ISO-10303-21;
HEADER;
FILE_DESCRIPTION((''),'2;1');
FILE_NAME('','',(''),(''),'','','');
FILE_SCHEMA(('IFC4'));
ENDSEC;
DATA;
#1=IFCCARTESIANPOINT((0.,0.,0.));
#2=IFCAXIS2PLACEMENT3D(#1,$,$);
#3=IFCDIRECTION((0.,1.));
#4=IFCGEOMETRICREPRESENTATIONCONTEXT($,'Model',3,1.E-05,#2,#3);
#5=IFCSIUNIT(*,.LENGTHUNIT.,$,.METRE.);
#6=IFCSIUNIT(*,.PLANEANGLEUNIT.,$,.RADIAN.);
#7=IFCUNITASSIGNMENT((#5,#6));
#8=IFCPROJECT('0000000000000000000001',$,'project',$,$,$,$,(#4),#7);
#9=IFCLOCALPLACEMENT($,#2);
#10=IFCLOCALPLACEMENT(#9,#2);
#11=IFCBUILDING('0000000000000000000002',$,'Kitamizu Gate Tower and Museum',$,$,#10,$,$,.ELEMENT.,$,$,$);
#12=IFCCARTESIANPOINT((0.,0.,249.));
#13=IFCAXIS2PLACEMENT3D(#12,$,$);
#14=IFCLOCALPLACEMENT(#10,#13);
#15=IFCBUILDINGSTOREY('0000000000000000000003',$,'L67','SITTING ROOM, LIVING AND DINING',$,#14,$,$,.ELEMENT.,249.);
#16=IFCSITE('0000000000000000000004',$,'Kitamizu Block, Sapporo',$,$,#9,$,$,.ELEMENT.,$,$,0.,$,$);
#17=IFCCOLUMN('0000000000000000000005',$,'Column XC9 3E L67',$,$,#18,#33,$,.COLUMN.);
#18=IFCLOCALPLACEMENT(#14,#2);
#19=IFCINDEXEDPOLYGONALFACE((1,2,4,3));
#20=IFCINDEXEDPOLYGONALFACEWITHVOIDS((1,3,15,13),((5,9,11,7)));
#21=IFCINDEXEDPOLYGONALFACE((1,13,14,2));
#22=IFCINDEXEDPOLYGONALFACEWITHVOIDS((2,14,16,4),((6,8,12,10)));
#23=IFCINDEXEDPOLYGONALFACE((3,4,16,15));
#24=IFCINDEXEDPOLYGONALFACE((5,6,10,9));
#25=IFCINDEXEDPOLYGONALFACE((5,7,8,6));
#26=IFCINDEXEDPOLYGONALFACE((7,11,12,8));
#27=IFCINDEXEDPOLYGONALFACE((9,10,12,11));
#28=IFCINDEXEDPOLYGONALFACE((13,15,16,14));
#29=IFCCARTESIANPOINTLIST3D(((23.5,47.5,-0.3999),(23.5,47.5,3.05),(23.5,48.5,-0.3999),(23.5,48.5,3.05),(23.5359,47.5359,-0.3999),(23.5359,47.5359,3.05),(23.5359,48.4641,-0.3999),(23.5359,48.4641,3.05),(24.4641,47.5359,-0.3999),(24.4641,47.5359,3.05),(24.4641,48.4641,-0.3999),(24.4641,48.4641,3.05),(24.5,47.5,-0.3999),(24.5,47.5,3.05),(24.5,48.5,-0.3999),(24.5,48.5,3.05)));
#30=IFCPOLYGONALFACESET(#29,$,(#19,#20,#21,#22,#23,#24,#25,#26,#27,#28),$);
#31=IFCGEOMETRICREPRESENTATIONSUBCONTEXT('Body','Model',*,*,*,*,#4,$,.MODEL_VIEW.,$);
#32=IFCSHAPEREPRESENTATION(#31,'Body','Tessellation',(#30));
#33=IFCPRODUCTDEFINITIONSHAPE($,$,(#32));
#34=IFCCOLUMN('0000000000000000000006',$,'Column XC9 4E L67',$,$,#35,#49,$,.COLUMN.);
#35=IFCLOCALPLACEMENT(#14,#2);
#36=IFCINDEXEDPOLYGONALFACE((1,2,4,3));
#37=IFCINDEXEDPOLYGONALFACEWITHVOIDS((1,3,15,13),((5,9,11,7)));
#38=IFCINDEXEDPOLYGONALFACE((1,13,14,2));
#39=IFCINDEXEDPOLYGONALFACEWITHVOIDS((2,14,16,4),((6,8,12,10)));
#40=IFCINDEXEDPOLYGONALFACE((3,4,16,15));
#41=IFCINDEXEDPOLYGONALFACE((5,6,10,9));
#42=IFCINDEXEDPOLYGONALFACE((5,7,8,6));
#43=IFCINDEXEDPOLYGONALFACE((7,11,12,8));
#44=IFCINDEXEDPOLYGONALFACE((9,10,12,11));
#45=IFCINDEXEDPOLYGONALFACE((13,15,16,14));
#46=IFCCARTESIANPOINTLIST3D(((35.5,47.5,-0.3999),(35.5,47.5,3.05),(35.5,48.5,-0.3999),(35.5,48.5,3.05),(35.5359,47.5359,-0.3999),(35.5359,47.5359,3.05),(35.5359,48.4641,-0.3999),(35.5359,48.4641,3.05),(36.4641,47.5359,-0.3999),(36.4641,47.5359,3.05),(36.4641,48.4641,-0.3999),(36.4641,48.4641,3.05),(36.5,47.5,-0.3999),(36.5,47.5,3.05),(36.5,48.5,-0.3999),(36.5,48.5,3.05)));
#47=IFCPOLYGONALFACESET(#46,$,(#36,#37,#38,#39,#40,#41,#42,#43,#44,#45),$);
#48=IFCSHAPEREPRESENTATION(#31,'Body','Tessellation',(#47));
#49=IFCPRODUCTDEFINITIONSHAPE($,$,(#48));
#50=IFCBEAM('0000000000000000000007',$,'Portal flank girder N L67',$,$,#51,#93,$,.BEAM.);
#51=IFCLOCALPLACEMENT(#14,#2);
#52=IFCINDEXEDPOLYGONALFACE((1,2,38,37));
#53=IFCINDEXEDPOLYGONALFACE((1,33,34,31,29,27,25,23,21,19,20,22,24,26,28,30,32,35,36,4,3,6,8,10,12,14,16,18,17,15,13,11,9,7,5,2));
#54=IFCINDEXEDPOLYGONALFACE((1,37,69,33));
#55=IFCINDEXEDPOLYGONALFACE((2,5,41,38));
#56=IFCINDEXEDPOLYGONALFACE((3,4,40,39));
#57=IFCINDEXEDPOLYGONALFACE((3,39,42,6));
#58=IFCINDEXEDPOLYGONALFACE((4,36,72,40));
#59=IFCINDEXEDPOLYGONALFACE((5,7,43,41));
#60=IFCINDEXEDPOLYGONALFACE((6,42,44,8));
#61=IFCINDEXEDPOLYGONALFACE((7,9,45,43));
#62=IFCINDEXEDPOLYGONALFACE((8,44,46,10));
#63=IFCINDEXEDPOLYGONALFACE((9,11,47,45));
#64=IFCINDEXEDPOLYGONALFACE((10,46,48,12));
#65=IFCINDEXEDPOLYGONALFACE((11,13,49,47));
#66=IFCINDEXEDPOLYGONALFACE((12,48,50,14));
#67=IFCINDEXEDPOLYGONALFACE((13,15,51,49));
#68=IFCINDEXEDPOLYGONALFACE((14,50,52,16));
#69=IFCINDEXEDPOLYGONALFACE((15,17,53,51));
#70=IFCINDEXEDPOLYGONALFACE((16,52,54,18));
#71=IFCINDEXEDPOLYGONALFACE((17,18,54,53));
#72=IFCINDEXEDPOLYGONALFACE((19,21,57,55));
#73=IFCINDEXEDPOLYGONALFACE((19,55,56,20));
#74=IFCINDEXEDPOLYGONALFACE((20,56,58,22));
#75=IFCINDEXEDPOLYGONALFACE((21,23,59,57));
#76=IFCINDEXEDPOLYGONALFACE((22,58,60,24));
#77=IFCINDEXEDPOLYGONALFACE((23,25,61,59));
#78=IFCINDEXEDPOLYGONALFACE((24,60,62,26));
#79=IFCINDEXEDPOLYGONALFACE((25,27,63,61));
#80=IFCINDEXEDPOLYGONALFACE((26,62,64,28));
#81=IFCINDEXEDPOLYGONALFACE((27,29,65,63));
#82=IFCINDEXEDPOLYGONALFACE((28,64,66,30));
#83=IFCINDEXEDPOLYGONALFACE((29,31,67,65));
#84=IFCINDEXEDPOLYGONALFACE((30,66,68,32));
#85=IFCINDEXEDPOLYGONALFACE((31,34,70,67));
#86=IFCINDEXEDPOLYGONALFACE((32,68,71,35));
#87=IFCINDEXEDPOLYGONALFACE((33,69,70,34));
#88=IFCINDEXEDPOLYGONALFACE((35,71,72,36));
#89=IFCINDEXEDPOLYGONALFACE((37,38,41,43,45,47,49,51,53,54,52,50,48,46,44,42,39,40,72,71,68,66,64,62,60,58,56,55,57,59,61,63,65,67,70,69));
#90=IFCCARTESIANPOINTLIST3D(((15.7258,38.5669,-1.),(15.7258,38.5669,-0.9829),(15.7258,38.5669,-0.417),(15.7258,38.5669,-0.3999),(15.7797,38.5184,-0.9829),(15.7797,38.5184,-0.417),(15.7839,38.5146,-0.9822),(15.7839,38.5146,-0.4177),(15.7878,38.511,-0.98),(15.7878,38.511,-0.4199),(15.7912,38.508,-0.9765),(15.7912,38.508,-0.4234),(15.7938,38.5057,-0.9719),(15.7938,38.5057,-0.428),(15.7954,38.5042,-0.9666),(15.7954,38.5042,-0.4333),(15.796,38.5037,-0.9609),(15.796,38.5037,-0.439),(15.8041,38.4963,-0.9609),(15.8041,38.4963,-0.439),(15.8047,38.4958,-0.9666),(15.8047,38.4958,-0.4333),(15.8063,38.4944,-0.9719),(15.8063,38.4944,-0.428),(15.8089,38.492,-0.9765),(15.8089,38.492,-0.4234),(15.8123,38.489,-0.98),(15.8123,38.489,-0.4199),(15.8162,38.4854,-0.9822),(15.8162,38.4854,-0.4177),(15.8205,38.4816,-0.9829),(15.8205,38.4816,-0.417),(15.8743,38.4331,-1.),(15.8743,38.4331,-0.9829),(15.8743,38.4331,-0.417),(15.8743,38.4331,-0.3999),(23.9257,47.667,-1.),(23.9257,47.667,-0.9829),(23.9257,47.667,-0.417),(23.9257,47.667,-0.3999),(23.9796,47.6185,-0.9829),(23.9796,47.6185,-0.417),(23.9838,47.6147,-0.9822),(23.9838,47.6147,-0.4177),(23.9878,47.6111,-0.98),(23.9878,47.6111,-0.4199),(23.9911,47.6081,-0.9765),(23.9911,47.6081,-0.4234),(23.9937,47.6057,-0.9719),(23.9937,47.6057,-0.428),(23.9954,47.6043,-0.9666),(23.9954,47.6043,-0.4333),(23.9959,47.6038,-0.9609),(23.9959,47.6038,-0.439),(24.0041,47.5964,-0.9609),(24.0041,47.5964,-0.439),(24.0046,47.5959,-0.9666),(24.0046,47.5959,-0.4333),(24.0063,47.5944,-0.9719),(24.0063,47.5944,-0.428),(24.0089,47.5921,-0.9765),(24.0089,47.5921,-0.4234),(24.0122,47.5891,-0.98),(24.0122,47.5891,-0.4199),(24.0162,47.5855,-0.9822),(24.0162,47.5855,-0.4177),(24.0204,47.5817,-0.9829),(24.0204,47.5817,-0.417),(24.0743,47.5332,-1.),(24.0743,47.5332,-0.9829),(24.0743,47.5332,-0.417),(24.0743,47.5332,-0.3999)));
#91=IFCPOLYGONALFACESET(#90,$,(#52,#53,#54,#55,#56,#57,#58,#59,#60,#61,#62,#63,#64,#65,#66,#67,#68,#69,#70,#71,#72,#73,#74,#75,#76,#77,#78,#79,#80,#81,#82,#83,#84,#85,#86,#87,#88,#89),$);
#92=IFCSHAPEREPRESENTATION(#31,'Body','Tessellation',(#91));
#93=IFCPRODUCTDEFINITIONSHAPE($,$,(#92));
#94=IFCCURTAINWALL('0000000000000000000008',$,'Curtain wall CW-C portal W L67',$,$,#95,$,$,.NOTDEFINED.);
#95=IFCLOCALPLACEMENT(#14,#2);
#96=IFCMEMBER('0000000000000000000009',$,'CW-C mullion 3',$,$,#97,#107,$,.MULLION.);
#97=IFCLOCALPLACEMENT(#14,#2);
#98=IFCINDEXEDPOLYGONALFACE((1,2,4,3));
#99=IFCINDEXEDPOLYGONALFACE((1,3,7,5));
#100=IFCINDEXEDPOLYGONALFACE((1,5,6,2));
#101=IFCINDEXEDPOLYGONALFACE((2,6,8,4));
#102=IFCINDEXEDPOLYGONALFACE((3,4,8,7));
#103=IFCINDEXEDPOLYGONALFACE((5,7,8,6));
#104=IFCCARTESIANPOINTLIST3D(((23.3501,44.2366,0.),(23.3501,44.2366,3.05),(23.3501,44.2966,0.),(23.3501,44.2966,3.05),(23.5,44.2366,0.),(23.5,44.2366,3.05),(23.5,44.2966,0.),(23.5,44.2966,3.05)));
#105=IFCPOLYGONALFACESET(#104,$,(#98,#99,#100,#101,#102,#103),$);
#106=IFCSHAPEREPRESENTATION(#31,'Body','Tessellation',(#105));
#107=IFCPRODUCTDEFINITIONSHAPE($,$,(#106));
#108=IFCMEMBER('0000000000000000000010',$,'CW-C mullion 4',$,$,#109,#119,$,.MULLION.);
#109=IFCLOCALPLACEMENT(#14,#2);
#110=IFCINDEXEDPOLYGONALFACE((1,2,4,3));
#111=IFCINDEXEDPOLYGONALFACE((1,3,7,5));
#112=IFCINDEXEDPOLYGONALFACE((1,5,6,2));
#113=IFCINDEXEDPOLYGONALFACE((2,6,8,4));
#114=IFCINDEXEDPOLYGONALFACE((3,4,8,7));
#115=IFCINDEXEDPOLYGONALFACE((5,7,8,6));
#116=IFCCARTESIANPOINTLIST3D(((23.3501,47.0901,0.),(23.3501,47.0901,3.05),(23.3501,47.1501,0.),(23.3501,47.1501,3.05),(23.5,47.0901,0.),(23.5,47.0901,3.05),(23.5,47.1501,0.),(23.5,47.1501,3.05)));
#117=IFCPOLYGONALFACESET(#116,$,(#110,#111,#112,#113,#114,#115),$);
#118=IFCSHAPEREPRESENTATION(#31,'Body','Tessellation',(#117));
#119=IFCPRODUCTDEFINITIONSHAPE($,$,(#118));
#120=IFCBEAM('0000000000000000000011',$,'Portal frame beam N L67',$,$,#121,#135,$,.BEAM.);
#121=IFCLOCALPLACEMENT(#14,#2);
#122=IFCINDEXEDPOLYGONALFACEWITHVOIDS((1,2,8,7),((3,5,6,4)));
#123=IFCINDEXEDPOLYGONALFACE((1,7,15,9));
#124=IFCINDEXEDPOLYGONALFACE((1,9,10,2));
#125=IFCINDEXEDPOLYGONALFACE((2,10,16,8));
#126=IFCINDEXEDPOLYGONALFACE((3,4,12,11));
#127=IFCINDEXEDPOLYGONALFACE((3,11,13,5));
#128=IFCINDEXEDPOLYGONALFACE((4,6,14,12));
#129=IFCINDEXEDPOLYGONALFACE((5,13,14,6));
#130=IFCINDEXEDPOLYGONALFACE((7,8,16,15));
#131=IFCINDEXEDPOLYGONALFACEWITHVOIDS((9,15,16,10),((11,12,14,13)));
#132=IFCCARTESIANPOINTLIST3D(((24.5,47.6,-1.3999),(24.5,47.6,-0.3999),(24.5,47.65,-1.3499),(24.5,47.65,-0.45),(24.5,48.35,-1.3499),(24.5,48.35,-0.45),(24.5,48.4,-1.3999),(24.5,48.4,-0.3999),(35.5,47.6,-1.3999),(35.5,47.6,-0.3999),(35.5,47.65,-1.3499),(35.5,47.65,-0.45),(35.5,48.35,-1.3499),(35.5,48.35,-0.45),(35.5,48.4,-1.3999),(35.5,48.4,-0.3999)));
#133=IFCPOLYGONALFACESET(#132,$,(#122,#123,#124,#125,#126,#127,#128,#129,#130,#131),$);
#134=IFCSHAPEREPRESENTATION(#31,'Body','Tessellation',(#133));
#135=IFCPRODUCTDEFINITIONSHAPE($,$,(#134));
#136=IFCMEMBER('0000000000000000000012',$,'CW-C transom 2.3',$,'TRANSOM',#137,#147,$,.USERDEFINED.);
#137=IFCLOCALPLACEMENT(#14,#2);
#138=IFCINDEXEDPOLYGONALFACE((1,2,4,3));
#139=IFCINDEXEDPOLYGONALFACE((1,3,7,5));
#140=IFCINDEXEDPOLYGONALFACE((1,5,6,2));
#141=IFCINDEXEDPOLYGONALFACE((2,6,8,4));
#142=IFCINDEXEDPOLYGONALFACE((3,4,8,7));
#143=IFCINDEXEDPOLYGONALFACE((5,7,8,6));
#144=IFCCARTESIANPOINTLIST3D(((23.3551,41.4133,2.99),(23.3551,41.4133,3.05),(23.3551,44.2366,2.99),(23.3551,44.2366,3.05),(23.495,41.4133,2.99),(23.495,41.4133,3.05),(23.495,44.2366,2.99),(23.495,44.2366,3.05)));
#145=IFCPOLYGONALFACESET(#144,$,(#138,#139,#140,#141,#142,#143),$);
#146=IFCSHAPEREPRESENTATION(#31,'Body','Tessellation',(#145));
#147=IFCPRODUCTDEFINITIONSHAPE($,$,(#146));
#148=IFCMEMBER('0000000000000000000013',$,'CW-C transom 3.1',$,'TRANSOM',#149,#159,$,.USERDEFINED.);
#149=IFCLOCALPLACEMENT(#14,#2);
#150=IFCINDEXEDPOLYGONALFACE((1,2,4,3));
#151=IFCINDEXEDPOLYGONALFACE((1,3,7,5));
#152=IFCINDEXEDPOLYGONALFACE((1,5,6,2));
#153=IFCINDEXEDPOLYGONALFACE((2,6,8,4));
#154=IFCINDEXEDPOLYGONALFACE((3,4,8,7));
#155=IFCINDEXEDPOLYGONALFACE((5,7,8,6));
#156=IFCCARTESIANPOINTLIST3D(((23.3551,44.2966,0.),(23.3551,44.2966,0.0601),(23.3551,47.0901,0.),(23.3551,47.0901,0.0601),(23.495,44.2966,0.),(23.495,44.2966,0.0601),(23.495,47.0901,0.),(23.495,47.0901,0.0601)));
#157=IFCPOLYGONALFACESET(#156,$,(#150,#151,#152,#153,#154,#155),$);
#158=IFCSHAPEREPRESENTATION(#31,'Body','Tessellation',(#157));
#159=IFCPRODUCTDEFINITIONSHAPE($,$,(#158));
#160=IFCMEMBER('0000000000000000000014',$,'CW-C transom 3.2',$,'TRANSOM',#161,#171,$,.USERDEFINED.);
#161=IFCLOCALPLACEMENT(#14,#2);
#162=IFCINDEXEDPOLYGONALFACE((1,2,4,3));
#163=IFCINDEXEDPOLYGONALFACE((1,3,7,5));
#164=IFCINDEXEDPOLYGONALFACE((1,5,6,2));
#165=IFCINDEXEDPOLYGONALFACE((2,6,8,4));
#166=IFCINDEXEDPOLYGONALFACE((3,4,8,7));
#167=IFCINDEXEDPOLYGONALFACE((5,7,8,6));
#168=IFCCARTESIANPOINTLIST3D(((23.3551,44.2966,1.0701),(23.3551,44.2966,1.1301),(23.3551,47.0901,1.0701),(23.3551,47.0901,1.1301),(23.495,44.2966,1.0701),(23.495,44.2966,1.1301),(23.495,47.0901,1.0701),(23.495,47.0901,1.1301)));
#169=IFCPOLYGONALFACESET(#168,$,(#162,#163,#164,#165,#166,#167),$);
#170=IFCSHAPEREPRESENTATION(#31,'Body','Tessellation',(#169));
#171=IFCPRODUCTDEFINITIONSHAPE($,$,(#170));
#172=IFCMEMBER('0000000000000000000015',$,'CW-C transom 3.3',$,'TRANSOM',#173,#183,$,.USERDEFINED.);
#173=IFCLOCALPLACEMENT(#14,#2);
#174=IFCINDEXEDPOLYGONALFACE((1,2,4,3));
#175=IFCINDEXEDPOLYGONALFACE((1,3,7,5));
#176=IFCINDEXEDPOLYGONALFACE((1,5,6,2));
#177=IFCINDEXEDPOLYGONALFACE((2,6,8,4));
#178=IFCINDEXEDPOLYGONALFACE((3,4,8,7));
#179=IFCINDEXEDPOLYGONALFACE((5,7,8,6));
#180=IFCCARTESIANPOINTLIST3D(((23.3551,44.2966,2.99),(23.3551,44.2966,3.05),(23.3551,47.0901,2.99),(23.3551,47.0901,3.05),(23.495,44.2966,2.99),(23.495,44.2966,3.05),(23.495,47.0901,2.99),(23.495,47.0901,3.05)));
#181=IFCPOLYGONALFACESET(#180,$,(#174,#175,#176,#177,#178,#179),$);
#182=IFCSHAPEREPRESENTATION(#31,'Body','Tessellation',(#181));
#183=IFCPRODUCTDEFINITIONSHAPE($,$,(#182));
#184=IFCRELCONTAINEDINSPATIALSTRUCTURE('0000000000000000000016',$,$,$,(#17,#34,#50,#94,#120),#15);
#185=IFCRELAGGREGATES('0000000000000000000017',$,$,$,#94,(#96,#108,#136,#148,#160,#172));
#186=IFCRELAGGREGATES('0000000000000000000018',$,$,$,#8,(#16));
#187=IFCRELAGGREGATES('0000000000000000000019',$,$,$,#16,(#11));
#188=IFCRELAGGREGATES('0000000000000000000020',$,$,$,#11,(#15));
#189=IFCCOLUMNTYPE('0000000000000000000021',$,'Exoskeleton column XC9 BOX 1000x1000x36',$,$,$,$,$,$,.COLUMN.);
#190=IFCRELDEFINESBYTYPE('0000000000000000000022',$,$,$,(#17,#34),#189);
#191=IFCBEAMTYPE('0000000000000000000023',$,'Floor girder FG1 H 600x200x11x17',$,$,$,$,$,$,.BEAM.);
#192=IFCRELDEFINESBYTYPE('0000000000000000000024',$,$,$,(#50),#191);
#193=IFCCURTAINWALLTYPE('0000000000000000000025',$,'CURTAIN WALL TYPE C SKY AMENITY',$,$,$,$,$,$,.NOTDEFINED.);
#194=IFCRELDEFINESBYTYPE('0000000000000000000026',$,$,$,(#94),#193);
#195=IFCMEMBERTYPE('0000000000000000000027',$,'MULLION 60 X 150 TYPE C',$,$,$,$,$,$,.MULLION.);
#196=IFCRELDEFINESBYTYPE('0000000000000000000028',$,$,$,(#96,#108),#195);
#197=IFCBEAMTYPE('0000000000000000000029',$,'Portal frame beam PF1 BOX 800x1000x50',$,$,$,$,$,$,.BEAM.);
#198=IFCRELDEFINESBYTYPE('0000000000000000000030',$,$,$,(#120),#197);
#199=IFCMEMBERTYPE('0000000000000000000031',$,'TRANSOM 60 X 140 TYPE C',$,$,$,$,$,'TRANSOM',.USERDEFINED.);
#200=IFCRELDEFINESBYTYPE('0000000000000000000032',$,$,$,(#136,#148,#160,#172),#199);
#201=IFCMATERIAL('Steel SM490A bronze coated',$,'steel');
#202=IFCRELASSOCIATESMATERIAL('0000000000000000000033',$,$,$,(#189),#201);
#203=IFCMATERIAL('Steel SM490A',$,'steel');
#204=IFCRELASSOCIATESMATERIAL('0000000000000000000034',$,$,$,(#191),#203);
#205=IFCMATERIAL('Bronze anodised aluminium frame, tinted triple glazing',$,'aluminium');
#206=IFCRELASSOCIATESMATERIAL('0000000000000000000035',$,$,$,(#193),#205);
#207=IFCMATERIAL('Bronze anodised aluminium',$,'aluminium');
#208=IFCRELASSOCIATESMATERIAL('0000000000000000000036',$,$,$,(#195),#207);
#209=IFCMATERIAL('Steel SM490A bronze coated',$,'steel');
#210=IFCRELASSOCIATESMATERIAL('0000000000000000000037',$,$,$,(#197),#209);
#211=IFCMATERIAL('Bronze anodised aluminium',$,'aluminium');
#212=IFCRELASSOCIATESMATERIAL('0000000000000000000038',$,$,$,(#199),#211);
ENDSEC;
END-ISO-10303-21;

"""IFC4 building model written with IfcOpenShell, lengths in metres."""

from ifc_helpers import new_model, si_unit, direction, frame, origin, origin_2d, place, context, subcontext, project, spatial, rectangle, hollow_rectangle, i_section, extrude, material, material_profile, profile_set, type_object, element, aggregate, save


model = new_model("IFC4")

# Units and contexts
model_context = context("Model", 3, precision=1e-05, world=origin(), true_north=direction((0.0, 1.0)))
body_context = subcontext(model_context, "Body", "Model", "MODEL_VIEW")
ifc_project = project(units=[si_unit("LENGTHUNIT", "METRE"), si_unit("PLANEANGLEUNIT", "RADIAN")], contexts=[model_context])

# Site, building, storey
site_placement = place(None, origin())
site = spatial("IfcSite", under=ifc_project, at=site_placement, Name="Kitamizu Block, Sapporo", CompositionType="ELEMENT", RefElevation=0.0)
building_placement = place(site_placement, origin())
building = spatial("IfcBuilding", under=site, at=building_placement, Name="Kitamizu Gate Tower and Museum", CompositionType="ELEMENT")
storey_placement = place(building_placement, frame((0.0, 0.0, 249.0)))
storey = spatial("IfcBuildingStorey", under=building, at=storey_placement, Name="L67", Description="SITTING ROOM, LIVING AND DINING", CompositionType="ELEMENT", Elevation=249.0)

# Columns
ifc_material_1 = material(Name="Steel SM490A bronze coated", Category="steel")
ifc_material_profile_1 = material_profile(ifc_material_1, hollow_rectangle(XDim=1.0, YDim=1.0, WallThickness=0.0359, at=origin_2d()), Name="BOX 1000x1000x36")
ifc_profile_set_1 = profile_set([ifc_material_profile_1], Name="Steel SM490A bronze coated")
column_type = type_object("IfcColumnType", Name="Exoskeleton column XC9 BOX 1000x1000x36", PredefinedType="COLUMN", material=ifc_profile_set_1)
for number, where, z_axis, x_axis, name in (
    (1, (24.0, 48.0, -0.3999), (0.0, 0.0, 1.0), (1.0, 0.0, 0.0), "Column XC9 3E L67"),
    (2, (36.0, 48.0, -0.3999), (0.0, 0.0, 1.0), (1.0, 0.0, 0.0), "Column XC9 4E L67"),
):
    element("IfcColumn", number, at=place(storey_placement, frame(where, z_axis=z_axis, x_axis=x_axis)), inside=storey, type_object=column_type, Name=name, PredefinedType="COLUMN", context=body_context, shape_type="SweptSolid", body=[
        extrude(hollow_rectangle(XDim=1.0, YDim=1.0, WallThickness=0.0359, at=origin_2d()), origin(), (0.0, 0.0, 1.0), 3.45),
    ])

# Beam
ifc_material_2 = material(Name="Steel SM490A", Category="steel")
ifc_material_profile_2 = material_profile(ifc_material_2, i_section(OverallWidth=0.2, OverallDepth=0.6001, WebThickness=0.011, FlangeThickness=0.0171, FilletRadius=0.022, at=origin_2d()), Name="H-600x200x11x17")
ifc_profile_set_2 = profile_set([ifc_material_profile_2], Name="Steel SM490A")
beam_type_1 = type_object("IfcBeamType", Name="Floor girder FG1 H 600x200x11x17", PredefinedType="BEAM", material=ifc_profile_set_2)
beam_1_placement = place(storey_placement, frame((24.0, 47.6001, -0.7), z_axis=(-0.669409, -0.742894, 0.0), x_axis=(0.742894, -0.669409, 0.0)))
element("IfcBeam", 3, at=beam_1_placement, inside=storey, type_object=beam_type_1, Name="Portal flank girder N L67", PredefinedType="BEAM", context=body_context, shape_type="SweptSolid", body=[
    extrude(i_section(OverallWidth=0.2, OverallDepth=0.6001, WebThickness=0.011, FlangeThickness=0.0171, FilletRadius=0.022, at=origin_2d()), origin(), (0.0, 0.0, 1.0), 12.2495),
])

# Curtain wall, members
ifc_material_3 = material(Name="Bronze anodised aluminium frame, tinted triple glazing", Category="aluminium")
curtain_wall_type = type_object("IfcCurtainWallType", Name="CURTAIN WALL TYPE C SKY AMENITY", PredefinedType="NOTDEFINED", material=ifc_material_3)
curtain_wall_placement = place(storey_placement, origin())
curtain_wall = element("IfcCurtainWall", 4, at=curtain_wall_placement, inside=storey, type_object=curtain_wall_type, Name="Curtain wall CW-C portal W L67", PredefinedType="NOTDEFINED")
ifc_material_4 = material(Name="Bronze anodised aluminium", Category="aluminium")
ifc_material_profile_3 = material_profile(ifc_material_4, rectangle(XDim=0.0601, YDim=0.1499, at=origin_2d()), Name="AL 60X150")
ifc_profile_set_3 = profile_set([ifc_material_profile_3], Name="Bronze anodised aluminium")
member_type_1 = type_object("IfcMemberType", Name="MULLION 60 X 150 TYPE C", PredefinedType="MULLION", material=ifc_profile_set_3)
member_1_placement = place(storey_placement, frame((23.425, 44.2666, 0.0), z_axis=(0.0, 0.0, 1.0), x_axis=(0.0, 1.0, 0.0)))
member_1 = element("IfcMember", 5, at=member_1_placement, type_object=member_type_1, Name="CW-C mullion 3", PredefinedType="MULLION", context=body_context, shape_type="SweptSolid", body=[
    extrude(rectangle(XDim=0.0601, YDim=0.1499, at=origin_2d()), origin(), (0.0, 0.0, 1.0), 3.05),
])
member_2_placement = place(storey_placement, frame((23.425, 47.1201, 0.0), z_axis=(0.0, 0.0, 1.0), x_axis=(0.0, 1.0, 0.0)))
member_2 = element("IfcMember", 6, at=member_2_placement, type_object=member_type_1, Name="CW-C mullion 4", PredefinedType="MULLION", context=body_context, shape_type="SweptSolid", body=[
    extrude(rectangle(XDim=0.0601, YDim=0.1499, at=origin_2d()), origin(), (0.0, 0.0, 1.0), 3.05),
])

# Beam
ifc_material_5 = material(Name="Steel SM490A bronze coated", Category="steel")
ifc_material_profile_4 = material_profile(ifc_material_5, hollow_rectangle(XDim=0.8, YDim=1.0, WallThickness=0.05, at=origin_2d()), Name="BOX 800x1000x50")
ifc_profile_set_4 = profile_set([ifc_material_profile_4], Name="Steel SM490A bronze coated")
beam_type_2 = type_object("IfcBeamType", Name="Portal frame beam PF1 BOX 800x1000x50", PredefinedType="BEAM", material=ifc_profile_set_4)
beam_2_placement = place(storey_placement, frame((24.5, 48.0, -0.8999), z_axis=(1.0, 0.0, 0.0), x_axis=(0.0, 1.0, 0.0)))
element("IfcBeam", 7, at=beam_2_placement, inside=storey, type_object=beam_type_2, Name="Portal frame beam N L67", PredefinedType="BEAM", context=body_context, shape_type="SweptSolid", body=[
    extrude(hollow_rectangle(XDim=0.8, YDim=1.0, WallThickness=0.05, at=origin_2d()), origin(), (0.0, 0.0, 1.0), 11.0),
])

# Members
ifc_material_6 = material(Name="Bronze anodised aluminium", Category="aluminium")
ifc_material_profile_5 = material_profile(ifc_material_6, rectangle(XDim=0.1399, YDim=0.0601, at=origin_2d()), Name="AL 60X140")
ifc_profile_set_5 = profile_set([ifc_material_profile_5], Name="Bronze anodised aluminium")
member_type_2 = type_object("IfcMemberType", Name="TRANSOM 60 X 140 TYPE C", ElementType="TRANSOM", PredefinedType="USERDEFINED", material=ifc_profile_set_5)
member_3_placement = place(storey_placement, frame((23.425, 41.4133, 3.02), z_axis=(0.0, 1.0, 0.0), x_axis=(-1.0, 0.0, 0.0)))
member_3 = element("IfcMember", 8, at=member_3_placement, type_object=member_type_2, Name="CW-C transom 2.3", ObjectType="TRANSOM", PredefinedType="USERDEFINED", context=body_context, shape_type="SweptSolid", body=[
    extrude(rectangle(XDim=0.1399, YDim=0.0601, at=origin_2d()), origin(), (0.0, 0.0, 1.0), 2.8232),
])
member_4_placement = place(storey_placement, frame((23.425, 44.2966, 0.03), z_axis=(0.0, 1.0, 0.0), x_axis=(-1.0, 0.0, 0.0)))
member_4 = element("IfcMember", 9, at=member_4_placement, type_object=member_type_2, Name="CW-C transom 3.1", ObjectType="TRANSOM", PredefinedType="USERDEFINED", context=body_context, shape_type="SweptSolid", body=[
    extrude(rectangle(XDim=0.1399, YDim=0.0601, at=origin_2d()), origin(), (0.0, 0.0, 1.0), 2.7935),
])
member_5_placement = place(storey_placement, frame((23.425, 44.2966, 1.1001), z_axis=(0.0, 1.0, 0.0), x_axis=(-1.0, 0.0, 0.0)))
member_5 = element("IfcMember", 10, at=member_5_placement, type_object=member_type_2, Name="CW-C transom 3.2", ObjectType="TRANSOM", PredefinedType="USERDEFINED", context=body_context, shape_type="SweptSolid", body=[
    extrude(rectangle(XDim=0.1399, YDim=0.0601, at=origin_2d()), origin(), (0.0, 0.0, 1.0), 2.7935),
])
member_6_placement = place(storey_placement, frame((23.425, 44.2966, 3.02), z_axis=(0.0, 1.0, 0.0), x_axis=(-1.0, 0.0, 0.0)))
member_6 = element("IfcMember", 11, at=member_6_placement, type_object=member_type_2, Name="CW-C transom 3.3", ObjectType="TRANSOM", PredefinedType="USERDEFINED", context=body_context, shape_type="SweptSolid", body=[
    extrude(rectangle(XDim=0.1399, YDim=0.0601, at=origin_2d()), origin(), (0.0, 0.0, 1.0), 2.7935),
])

aggregate(curtain_wall, [member_1, member_2, member_3, member_4, member_5, member_6])

save(model, "model.ifc")
